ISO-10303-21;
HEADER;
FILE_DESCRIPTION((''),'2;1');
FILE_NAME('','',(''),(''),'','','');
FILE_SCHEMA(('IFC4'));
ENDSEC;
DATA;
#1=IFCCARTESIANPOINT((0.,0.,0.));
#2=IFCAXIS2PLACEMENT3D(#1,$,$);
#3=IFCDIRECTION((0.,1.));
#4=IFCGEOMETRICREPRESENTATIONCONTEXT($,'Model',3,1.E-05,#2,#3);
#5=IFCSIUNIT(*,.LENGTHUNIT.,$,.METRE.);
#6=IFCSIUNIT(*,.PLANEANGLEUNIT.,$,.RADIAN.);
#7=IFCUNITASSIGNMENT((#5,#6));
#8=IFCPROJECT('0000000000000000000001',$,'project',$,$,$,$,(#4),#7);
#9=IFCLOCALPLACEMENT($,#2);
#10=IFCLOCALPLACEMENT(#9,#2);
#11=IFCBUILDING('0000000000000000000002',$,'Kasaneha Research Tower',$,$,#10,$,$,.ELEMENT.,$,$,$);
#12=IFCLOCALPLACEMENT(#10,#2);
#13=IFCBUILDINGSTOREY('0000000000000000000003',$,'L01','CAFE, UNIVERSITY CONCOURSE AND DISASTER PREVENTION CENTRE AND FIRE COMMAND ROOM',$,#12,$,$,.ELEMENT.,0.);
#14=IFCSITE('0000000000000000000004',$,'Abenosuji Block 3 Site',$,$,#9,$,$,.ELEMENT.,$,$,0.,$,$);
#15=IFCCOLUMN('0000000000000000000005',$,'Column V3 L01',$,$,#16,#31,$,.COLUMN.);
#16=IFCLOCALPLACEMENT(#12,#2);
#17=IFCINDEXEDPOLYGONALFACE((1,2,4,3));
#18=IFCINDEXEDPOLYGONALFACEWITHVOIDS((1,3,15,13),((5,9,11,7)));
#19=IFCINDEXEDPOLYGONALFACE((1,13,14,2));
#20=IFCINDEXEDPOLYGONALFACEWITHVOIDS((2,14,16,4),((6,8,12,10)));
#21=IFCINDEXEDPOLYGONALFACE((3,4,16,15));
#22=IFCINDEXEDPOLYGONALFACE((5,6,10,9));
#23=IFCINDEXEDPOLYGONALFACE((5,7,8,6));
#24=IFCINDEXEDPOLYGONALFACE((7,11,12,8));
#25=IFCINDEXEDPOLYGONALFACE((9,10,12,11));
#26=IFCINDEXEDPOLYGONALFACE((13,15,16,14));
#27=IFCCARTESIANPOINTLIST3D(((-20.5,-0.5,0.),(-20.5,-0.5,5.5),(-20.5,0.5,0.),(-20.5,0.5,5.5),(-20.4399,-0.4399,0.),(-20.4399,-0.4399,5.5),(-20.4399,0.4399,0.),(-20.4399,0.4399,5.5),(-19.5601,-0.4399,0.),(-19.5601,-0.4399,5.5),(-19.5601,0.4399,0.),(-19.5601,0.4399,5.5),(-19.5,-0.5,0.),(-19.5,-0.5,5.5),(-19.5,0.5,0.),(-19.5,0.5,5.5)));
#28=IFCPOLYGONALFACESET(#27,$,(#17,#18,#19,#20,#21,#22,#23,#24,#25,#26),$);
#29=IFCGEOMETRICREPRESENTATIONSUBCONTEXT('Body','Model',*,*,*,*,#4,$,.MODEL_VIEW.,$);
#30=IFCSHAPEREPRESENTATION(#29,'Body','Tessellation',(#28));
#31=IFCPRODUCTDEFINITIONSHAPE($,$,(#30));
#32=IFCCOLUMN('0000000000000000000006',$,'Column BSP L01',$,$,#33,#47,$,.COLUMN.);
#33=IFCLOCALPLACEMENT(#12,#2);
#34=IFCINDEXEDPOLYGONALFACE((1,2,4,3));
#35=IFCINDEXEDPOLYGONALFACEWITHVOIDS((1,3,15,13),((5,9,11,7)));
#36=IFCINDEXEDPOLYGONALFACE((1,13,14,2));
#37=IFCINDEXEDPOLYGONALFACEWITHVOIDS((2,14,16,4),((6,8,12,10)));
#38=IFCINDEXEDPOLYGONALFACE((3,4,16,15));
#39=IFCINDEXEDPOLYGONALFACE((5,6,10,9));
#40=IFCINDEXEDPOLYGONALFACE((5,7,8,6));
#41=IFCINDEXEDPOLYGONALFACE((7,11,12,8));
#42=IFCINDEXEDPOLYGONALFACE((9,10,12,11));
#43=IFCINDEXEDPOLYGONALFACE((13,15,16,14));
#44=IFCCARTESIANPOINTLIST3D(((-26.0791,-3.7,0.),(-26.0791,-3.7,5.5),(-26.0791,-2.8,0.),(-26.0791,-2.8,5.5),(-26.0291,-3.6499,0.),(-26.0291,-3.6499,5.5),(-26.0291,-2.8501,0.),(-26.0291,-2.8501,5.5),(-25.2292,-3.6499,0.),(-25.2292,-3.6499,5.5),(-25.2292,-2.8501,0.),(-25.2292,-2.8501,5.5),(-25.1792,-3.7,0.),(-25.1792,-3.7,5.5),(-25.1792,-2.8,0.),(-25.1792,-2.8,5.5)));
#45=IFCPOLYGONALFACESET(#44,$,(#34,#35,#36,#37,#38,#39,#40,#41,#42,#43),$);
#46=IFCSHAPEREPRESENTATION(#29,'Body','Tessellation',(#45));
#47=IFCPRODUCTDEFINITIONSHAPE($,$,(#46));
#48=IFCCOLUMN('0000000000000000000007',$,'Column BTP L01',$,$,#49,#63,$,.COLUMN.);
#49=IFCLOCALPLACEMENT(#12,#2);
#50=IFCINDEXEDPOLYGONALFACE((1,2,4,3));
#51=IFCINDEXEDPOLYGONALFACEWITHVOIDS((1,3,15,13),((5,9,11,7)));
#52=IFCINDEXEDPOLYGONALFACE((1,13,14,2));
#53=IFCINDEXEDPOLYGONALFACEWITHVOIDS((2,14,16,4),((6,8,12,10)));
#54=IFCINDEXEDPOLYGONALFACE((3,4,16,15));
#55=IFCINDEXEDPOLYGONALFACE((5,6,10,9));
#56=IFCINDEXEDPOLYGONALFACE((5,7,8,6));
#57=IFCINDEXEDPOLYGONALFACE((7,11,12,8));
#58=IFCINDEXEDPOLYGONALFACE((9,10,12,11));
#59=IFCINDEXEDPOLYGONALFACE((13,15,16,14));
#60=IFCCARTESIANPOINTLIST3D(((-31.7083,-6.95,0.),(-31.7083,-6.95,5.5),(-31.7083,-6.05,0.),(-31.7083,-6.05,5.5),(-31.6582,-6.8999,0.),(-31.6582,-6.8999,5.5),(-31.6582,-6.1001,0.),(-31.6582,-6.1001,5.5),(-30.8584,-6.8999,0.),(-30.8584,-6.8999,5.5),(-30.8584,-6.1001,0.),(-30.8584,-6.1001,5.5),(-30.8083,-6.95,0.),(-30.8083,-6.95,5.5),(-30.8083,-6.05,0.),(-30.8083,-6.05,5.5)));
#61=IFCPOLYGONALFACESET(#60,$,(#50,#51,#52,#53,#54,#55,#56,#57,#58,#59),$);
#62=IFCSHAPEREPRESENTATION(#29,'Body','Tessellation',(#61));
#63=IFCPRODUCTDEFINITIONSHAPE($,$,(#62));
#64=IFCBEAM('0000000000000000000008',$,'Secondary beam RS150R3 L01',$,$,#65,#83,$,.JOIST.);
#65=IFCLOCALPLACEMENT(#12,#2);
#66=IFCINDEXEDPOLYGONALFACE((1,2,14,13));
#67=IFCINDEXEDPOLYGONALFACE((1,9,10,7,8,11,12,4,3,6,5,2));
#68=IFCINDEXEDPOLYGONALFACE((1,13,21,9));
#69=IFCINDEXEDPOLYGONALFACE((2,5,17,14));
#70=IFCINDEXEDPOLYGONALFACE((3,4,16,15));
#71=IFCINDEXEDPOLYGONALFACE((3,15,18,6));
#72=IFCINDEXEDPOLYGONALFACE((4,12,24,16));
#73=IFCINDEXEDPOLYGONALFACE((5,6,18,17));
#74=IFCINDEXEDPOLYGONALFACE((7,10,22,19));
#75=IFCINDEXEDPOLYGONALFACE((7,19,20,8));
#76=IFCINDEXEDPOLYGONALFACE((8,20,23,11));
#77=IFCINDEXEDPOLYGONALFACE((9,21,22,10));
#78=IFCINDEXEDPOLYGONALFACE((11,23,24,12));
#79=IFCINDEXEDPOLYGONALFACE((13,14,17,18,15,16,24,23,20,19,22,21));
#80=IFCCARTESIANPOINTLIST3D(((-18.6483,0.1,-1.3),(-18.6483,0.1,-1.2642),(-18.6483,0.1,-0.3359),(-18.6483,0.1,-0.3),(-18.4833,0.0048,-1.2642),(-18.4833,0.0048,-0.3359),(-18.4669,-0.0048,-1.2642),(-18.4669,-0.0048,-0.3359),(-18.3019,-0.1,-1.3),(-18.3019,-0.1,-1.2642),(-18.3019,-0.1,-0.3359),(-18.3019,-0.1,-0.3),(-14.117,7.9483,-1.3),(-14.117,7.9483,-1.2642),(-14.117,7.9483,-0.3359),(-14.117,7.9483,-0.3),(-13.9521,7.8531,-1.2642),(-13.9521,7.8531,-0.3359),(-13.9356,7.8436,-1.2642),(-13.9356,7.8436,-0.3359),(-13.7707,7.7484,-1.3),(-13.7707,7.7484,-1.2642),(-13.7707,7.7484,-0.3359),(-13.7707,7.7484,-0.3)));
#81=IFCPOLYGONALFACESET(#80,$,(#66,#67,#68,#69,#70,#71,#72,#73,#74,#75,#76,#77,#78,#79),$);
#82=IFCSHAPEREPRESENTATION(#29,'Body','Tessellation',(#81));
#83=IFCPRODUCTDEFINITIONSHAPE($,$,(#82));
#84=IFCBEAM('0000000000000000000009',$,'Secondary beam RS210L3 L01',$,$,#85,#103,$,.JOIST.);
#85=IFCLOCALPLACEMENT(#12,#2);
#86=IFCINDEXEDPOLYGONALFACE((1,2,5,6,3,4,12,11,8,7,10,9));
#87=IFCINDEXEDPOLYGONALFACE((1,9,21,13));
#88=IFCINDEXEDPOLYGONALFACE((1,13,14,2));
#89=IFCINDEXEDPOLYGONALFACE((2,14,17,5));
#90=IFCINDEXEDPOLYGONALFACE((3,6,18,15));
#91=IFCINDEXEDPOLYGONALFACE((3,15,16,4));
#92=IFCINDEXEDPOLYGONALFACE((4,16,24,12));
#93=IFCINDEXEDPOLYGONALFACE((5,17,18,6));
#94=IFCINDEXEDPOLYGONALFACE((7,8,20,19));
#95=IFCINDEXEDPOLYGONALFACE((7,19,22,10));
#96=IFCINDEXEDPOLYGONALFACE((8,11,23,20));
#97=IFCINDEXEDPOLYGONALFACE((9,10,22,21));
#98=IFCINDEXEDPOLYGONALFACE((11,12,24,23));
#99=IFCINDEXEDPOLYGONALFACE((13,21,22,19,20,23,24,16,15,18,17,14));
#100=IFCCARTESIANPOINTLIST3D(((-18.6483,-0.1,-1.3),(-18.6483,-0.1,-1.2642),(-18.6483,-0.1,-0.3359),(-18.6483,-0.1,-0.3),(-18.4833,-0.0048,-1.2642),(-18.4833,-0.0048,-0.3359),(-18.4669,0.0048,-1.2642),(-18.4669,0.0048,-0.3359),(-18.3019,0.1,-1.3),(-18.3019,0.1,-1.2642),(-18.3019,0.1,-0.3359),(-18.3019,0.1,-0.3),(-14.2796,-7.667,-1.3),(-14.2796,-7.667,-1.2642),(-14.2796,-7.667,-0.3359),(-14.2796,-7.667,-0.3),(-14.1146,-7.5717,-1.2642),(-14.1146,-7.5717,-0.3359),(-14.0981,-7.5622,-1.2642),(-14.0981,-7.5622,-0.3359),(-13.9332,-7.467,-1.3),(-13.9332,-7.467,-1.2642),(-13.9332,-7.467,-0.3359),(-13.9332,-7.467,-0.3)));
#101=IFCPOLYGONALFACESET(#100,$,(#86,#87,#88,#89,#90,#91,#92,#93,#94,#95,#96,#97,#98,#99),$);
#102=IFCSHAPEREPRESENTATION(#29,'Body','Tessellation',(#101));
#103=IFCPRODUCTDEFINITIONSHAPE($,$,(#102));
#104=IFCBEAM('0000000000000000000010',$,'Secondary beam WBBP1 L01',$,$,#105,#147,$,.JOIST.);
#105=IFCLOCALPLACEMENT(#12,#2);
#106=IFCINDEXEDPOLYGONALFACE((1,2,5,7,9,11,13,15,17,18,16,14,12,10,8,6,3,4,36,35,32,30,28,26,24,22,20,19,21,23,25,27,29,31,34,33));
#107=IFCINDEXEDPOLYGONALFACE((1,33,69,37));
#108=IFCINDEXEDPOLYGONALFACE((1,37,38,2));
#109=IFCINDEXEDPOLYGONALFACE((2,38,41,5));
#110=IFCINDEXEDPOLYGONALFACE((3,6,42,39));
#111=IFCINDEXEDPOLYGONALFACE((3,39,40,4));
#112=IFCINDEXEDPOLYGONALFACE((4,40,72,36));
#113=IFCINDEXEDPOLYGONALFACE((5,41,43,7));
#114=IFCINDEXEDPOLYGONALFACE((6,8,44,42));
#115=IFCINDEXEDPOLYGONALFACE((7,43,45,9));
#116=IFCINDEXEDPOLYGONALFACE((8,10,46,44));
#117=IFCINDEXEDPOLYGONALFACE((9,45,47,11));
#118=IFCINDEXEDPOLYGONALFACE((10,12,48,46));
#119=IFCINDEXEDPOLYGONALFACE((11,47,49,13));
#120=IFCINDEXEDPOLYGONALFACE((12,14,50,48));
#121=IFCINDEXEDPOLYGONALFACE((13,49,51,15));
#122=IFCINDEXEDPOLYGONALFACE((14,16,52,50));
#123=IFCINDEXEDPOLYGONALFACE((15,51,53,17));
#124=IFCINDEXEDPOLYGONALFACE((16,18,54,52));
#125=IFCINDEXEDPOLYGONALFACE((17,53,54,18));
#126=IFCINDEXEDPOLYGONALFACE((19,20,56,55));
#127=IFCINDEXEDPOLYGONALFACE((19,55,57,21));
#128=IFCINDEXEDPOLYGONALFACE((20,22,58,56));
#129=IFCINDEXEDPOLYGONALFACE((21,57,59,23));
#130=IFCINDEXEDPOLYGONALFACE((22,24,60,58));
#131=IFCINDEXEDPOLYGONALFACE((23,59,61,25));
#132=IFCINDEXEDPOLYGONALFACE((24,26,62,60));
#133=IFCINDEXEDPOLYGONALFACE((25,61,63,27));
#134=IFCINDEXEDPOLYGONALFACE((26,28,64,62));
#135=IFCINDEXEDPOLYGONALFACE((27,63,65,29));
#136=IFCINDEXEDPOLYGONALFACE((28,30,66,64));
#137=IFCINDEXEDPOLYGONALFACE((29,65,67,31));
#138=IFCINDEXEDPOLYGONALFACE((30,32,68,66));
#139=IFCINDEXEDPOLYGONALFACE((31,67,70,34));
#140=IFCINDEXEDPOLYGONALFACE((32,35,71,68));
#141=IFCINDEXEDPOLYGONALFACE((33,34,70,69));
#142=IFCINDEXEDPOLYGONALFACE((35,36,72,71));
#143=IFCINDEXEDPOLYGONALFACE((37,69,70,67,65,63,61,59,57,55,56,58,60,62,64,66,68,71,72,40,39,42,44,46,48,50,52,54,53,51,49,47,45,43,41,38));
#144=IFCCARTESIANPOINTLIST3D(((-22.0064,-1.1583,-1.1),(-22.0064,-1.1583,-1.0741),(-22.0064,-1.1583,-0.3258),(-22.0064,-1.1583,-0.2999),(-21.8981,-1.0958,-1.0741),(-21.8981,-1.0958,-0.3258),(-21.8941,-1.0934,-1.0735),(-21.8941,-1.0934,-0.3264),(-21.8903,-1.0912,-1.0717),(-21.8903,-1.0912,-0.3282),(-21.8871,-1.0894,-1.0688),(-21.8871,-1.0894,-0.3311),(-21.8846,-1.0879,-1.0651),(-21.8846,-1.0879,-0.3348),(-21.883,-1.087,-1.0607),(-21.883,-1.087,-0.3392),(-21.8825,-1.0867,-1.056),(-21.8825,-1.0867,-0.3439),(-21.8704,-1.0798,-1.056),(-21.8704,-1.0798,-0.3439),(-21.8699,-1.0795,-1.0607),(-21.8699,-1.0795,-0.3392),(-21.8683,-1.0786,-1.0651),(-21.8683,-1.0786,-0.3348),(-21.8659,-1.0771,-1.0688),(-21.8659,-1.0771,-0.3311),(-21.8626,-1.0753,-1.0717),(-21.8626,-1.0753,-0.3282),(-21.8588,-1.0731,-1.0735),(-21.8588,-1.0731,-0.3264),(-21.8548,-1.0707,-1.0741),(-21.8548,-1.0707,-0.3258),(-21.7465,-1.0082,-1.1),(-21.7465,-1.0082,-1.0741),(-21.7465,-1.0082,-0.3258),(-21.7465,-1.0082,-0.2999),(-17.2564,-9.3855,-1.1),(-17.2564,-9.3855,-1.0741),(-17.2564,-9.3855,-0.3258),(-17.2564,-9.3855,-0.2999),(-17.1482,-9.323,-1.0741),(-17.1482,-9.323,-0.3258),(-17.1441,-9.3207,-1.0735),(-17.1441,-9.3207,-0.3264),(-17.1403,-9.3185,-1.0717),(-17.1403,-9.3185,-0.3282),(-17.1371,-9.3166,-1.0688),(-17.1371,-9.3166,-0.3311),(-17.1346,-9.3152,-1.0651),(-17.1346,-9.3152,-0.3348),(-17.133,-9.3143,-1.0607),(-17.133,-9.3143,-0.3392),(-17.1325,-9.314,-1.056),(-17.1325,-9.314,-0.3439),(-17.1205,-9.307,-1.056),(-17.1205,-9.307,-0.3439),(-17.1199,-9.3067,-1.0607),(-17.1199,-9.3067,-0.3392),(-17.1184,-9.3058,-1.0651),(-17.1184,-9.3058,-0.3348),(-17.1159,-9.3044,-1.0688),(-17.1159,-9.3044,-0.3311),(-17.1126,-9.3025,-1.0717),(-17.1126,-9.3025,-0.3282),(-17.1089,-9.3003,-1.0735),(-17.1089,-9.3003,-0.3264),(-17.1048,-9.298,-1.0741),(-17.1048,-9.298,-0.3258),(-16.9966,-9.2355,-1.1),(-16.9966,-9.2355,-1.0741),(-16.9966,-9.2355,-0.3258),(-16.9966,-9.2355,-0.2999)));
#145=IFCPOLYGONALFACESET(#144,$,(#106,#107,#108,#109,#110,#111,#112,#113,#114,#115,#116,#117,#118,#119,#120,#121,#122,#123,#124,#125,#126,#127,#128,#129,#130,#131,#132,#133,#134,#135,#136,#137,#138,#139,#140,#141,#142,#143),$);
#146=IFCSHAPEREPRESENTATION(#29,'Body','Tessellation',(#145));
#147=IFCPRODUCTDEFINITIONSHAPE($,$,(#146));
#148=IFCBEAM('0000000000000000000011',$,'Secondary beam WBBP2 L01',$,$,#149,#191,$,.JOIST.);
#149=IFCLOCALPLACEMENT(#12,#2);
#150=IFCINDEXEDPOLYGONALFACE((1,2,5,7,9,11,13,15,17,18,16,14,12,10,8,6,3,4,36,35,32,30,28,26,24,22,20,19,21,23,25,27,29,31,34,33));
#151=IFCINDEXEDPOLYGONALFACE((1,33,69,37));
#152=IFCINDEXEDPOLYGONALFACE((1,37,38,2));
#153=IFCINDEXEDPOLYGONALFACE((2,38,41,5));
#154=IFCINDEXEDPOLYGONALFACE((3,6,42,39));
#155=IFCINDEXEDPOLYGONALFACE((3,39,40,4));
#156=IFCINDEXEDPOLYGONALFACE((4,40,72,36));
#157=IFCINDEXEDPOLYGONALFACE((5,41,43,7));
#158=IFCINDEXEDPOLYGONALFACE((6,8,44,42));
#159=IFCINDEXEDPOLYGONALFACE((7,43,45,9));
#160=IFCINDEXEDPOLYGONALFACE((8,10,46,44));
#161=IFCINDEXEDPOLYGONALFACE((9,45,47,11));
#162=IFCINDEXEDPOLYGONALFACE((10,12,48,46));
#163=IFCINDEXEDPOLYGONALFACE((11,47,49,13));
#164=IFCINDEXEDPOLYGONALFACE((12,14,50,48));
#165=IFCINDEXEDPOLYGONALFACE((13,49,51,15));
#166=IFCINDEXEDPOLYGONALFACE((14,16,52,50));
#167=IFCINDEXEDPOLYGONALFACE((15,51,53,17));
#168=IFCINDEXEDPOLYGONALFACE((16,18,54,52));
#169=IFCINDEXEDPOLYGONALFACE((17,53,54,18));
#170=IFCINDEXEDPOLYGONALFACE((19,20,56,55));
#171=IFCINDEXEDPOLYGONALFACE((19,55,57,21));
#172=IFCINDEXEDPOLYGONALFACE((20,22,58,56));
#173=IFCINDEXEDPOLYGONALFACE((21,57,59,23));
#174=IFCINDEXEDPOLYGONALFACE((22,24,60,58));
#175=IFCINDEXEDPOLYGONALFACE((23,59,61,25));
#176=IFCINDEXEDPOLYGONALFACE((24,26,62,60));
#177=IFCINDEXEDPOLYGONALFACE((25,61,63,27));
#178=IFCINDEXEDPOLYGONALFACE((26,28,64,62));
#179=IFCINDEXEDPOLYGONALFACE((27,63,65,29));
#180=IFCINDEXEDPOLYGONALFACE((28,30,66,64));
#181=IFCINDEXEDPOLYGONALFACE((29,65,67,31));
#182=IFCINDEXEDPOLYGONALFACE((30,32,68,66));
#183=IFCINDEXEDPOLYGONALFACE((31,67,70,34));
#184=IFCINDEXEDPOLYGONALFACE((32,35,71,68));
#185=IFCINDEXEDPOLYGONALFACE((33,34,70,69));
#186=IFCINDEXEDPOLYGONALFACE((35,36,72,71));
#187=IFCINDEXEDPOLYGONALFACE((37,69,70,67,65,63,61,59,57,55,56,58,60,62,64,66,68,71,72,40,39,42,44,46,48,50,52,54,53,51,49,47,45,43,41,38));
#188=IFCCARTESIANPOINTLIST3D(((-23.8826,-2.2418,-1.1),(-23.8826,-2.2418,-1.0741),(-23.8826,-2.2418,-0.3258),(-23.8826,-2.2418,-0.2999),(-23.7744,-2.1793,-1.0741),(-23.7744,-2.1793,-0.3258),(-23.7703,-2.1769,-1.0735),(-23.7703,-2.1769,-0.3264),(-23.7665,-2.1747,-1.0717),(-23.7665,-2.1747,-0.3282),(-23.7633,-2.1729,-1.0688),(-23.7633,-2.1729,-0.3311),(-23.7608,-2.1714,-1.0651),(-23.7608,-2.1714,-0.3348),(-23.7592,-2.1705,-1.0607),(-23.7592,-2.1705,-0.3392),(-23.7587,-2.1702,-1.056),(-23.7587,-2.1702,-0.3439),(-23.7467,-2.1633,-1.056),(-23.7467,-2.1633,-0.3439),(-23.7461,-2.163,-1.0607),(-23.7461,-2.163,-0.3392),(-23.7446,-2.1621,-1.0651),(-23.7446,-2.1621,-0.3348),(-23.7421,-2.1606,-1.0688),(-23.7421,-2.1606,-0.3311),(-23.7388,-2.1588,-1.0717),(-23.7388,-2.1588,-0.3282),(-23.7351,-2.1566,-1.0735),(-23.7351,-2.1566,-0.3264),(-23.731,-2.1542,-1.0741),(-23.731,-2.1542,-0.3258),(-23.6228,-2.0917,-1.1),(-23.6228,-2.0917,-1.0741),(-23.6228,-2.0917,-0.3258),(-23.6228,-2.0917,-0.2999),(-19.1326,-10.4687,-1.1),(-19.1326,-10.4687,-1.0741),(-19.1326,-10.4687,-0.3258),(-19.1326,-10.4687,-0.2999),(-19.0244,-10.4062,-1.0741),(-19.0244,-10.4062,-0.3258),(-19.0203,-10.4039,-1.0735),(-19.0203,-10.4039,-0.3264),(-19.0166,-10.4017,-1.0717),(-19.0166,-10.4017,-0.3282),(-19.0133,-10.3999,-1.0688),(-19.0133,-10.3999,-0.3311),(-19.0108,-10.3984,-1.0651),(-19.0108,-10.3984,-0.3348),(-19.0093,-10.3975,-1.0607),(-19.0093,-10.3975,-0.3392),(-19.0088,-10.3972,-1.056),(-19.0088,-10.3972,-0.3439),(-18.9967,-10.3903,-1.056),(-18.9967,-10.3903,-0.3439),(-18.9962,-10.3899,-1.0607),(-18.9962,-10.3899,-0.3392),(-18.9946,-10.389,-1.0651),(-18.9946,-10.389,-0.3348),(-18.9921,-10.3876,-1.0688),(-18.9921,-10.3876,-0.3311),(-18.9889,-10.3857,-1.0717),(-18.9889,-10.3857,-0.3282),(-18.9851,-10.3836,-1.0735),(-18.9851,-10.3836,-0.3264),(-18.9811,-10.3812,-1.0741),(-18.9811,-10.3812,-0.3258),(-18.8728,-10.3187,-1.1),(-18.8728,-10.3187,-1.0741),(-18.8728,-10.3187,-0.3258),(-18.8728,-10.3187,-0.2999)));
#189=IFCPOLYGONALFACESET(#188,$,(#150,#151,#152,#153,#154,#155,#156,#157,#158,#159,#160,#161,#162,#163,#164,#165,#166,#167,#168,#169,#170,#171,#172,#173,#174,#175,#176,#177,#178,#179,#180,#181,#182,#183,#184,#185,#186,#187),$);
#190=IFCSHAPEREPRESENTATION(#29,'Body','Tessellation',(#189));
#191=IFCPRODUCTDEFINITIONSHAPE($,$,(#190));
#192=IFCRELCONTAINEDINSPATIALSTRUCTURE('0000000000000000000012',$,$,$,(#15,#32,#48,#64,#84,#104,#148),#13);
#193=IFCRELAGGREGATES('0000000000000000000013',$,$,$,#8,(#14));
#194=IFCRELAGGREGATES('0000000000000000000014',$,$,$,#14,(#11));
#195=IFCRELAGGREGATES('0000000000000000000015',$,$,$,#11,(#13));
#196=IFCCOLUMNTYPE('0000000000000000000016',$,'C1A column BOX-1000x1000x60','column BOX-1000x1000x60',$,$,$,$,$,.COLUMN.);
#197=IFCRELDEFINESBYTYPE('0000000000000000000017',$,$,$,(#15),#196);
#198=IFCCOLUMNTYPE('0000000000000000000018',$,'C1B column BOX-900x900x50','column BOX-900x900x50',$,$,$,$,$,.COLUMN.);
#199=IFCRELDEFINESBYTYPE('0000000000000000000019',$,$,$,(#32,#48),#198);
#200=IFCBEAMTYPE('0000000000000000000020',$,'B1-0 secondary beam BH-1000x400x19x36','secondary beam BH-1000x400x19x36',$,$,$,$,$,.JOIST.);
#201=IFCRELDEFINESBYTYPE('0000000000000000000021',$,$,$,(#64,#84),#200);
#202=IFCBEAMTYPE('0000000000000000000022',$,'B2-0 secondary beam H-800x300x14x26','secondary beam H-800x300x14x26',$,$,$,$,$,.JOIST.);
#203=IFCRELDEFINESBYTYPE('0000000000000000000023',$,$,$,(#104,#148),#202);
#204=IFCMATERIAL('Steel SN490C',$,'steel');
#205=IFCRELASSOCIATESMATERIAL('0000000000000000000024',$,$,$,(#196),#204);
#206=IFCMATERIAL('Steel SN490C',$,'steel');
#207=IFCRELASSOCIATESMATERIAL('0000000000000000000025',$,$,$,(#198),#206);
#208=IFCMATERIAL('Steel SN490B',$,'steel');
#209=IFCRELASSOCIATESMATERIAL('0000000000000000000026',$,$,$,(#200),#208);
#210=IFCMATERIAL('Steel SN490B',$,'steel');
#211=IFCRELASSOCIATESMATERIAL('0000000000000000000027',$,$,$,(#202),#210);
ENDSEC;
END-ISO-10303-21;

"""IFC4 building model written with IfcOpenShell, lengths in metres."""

from ifc_helpers import new_model, si_unit, direction, frame, origin, origin_2d, place, context, subcontext, project, spatial, hollow_rectangle, i_section, extrude, material, material_profile, profile_set, type_object, element, save


model = new_model("IFC4")

# Units and contexts
model_context = context("Model", 3, precision=1e-05, world=origin(), true_north=direction((0.0, 1.0)))
body_context = subcontext(model_context, "Body", "Model", "MODEL_VIEW")
ifc_project = project(units=[si_unit("LENGTHUNIT", "METRE"), si_unit("PLANEANGLEUNIT", "RADIAN")], contexts=[model_context])

# Site, building, storey
site_placement = place(None, origin())
site = spatial("IfcSite", under=ifc_project, at=site_placement, Name="Abenosuji Block 3 Site", CompositionType="ELEMENT", RefElevation=0.0)
building_placement = place(site_placement, origin())
building = spatial("IfcBuilding", under=site, at=building_placement, Name="Kasaneha Research Tower", CompositionType="ELEMENT")
storey_placement = place(building_placement, origin())
storey = spatial("IfcBuildingStorey", under=building, at=storey_placement, Name="L01", Description="CAFE, UNIVERSITY CONCOURSE AND DISASTER PREVENTION CENTRE AND FIRE COMMAND ROOM", CompositionType="ELEMENT", Elevation=0.0)

# Columns
ifc_material_1 = material(Name="Steel SN490C", Category="steel")
ifc_material_profile_1 = material_profile(ifc_material_1, hollow_rectangle(XDim=1.0, YDim=1.0, WallThickness=0.0601, at=origin_2d()), Name="BOX-1000x1000x60")
ifc_profile_set_1 = profile_set([ifc_material_profile_1], Name="Steel SN490C")
column_type_1 = type_object("IfcColumnType", Name="C1A column BOX-1000x1000x60", Description="column BOX-1000x1000x60", PredefinedType="COLUMN", material=ifc_profile_set_1)
column_placement = place(storey_placement, frame((-20.0, 0.0, 0.0), z_axis=(0.0, 0.0, 1.0), x_axis=(1.0, 0.0, 0.0)))
element("IfcColumn", 1, at=column_placement, inside=storey, type_object=column_type_1, Name="Column V3 L01", PredefinedType="COLUMN", context=body_context, shape_type="SweptSolid", body=[
    extrude(hollow_rectangle(XDim=1.0, YDim=1.0, WallThickness=0.0601, at=origin_2d()), origin(), (0.0, 0.0, 1.0), 5.5),
])
ifc_material_2 = material(Name="Steel SN490C", Category="steel")
ifc_material_profile_2 = material_profile(ifc_material_2, hollow_rectangle(XDim=0.8999, YDim=0.8999, WallThickness=0.05, at=origin_2d()), Name="BOX-900x900x50")
ifc_profile_set_2 = profile_set([ifc_material_profile_2], Name="Steel SN490C")
column_type_2 = type_object("IfcColumnType", Name="C1B column BOX-900x900x50", Description="column BOX-900x900x50", PredefinedType="COLUMN", material=ifc_profile_set_2)
for number, where, z_axis, x_axis, name in (
    (2, (-25.6292, -3.25, 0.0), (0.0, 0.0, 1.0), (1.0, 0.0, 0.0), "Column BSP L01"),
    (3, (-31.2583, -6.5, 0.0), (0.0, 0.0, 1.0), (1.0, 0.0, 0.0), "Column BTP L01"),
):
    element("IfcColumn", number, at=place(storey_placement, frame(where, z_axis=z_axis, x_axis=x_axis)), inside=storey, type_object=column_type_2, Name=name, PredefinedType="COLUMN", context=body_context, shape_type="SweptSolid", body=[
        extrude(hollow_rectangle(XDim=0.8999, YDim=0.8999, WallThickness=0.05, at=origin_2d()), origin(), (0.0, 0.0, 1.0), 5.5),
    ])

# Beams
ifc_material_3 = material(Name="Steel SN490B", Category="steel")
ifc_material_profile_3 = material_profile(ifc_material_3, i_section(OverallWidth=0.3999, OverallDepth=1.0, WebThickness=0.019, FlangeThickness=0.0359, at=origin_2d()), Name="BH-1000x400x19x36")
ifc_profile_set_3 = profile_set([ifc_material_profile_3], Name="Steel SN490B")
beam_type_1 = type_object("IfcBeamType", Name="B1-0 secondary beam BH-1000x400x19x36", Description="secondary beam BH-1000x400x19x36", PredefinedType="JOIST", material=ifc_profile_set_3)
beam_1_placement = place(storey_placement, frame((-18.4751, 0.0, -0.8), z_axis=(0.499998, 0.866026, 0.0), x_axis=(-0.866026, 0.499998, 0.0)))
element("IfcBeam", 4, at=beam_1_placement, inside=storey, type_object=beam_type_1, Name="Secondary beam RS150R3 L01", PredefinedType="JOIST", context=body_context, shape_type="SweptSolid", body=[
    extrude(i_section(OverallWidth=0.3999, OverallDepth=1.0, WebThickness=0.019, FlangeThickness=0.0359, at=origin_2d()), origin(), (0.0, 0.0, 1.0), 9.0625),
])
beam_2_placement = place(storey_placement, frame((-18.4751, 0.0, -0.8), z_axis=(0.499992, -0.86603, 0.0), x_axis=(0.86603, 0.499992, 0.0)))
element("IfcBeam", 5, at=beam_2_placement, inside=storey, type_object=beam_type_1, Name="Secondary beam RS210L3 L01", PredefinedType="JOIST", context=body_context, shape_type="SweptSolid", body=[
    extrude(i_section(OverallWidth=0.3999, OverallDepth=1.0, WebThickness=0.019, FlangeThickness=0.0359, at=origin_2d()), origin(), (0.0, 0.0, 1.0), 8.7375),
])
ifc_material_4 = material(Name="Steel SN490B", Category="steel")
ifc_material_profile_4 = material_profile(ifc_material_4, i_section(OverallWidth=0.3, OverallDepth=0.8, WebThickness=0.0139, FlangeThickness=0.0259, FilletRadius=0.0181, at=origin_2d()), Name="H-800x300x14x26")
ifc_profile_set_4 = profile_set([ifc_material_profile_4], Name="Steel SN490B")
beam_type_2 = type_object("IfcBeamType", Name="B2-0 secondary beam H-800x300x14x26", Description="secondary beam H-800x300x14x26", PredefinedType="JOIST", material=ifc_profile_set_4)
beam_3_placement = place(storey_placement, frame((-21.8765, -1.0833, -0.7), z_axis=(0.499998, -0.866027, 0.0), x_axis=(0.866027, 0.499998, 0.0)))
element("IfcBeam", 6, at=beam_3_placement, inside=storey, type_object=beam_type_2, Name="Secondary beam WBBP1 L01", PredefinedType="JOIST", context=body_context, shape_type="SweptSolid", body=[
    extrude(i_section(OverallWidth=0.3, OverallDepth=0.8, WebThickness=0.0139, FlangeThickness=0.0259, FilletRadius=0.0181, at=origin_2d()), origin(), (0.0, 0.0, 1.0), 9.5),
])
beam_4_placement = place(storey_placement, frame((-23.7527, -2.1667, -0.7), z_axis=(0.500009, -0.86602, 0.0), x_axis=(0.86602, 0.500009, 0.0)))
element("IfcBeam", 7, at=beam_4_placement, inside=storey, type_object=beam_type_2, Name="Secondary beam WBBP2 L01", PredefinedType="JOIST", context=body_context, shape_type="SweptSolid", body=[
    extrude(i_section(OverallWidth=0.3, OverallDepth=0.8, WebThickness=0.0139, FlangeThickness=0.0259, FilletRadius=0.0181, at=origin_2d()), origin(), (0.0, 0.0, 1.0), 9.4998),
])

save(model, "model.ifc")
